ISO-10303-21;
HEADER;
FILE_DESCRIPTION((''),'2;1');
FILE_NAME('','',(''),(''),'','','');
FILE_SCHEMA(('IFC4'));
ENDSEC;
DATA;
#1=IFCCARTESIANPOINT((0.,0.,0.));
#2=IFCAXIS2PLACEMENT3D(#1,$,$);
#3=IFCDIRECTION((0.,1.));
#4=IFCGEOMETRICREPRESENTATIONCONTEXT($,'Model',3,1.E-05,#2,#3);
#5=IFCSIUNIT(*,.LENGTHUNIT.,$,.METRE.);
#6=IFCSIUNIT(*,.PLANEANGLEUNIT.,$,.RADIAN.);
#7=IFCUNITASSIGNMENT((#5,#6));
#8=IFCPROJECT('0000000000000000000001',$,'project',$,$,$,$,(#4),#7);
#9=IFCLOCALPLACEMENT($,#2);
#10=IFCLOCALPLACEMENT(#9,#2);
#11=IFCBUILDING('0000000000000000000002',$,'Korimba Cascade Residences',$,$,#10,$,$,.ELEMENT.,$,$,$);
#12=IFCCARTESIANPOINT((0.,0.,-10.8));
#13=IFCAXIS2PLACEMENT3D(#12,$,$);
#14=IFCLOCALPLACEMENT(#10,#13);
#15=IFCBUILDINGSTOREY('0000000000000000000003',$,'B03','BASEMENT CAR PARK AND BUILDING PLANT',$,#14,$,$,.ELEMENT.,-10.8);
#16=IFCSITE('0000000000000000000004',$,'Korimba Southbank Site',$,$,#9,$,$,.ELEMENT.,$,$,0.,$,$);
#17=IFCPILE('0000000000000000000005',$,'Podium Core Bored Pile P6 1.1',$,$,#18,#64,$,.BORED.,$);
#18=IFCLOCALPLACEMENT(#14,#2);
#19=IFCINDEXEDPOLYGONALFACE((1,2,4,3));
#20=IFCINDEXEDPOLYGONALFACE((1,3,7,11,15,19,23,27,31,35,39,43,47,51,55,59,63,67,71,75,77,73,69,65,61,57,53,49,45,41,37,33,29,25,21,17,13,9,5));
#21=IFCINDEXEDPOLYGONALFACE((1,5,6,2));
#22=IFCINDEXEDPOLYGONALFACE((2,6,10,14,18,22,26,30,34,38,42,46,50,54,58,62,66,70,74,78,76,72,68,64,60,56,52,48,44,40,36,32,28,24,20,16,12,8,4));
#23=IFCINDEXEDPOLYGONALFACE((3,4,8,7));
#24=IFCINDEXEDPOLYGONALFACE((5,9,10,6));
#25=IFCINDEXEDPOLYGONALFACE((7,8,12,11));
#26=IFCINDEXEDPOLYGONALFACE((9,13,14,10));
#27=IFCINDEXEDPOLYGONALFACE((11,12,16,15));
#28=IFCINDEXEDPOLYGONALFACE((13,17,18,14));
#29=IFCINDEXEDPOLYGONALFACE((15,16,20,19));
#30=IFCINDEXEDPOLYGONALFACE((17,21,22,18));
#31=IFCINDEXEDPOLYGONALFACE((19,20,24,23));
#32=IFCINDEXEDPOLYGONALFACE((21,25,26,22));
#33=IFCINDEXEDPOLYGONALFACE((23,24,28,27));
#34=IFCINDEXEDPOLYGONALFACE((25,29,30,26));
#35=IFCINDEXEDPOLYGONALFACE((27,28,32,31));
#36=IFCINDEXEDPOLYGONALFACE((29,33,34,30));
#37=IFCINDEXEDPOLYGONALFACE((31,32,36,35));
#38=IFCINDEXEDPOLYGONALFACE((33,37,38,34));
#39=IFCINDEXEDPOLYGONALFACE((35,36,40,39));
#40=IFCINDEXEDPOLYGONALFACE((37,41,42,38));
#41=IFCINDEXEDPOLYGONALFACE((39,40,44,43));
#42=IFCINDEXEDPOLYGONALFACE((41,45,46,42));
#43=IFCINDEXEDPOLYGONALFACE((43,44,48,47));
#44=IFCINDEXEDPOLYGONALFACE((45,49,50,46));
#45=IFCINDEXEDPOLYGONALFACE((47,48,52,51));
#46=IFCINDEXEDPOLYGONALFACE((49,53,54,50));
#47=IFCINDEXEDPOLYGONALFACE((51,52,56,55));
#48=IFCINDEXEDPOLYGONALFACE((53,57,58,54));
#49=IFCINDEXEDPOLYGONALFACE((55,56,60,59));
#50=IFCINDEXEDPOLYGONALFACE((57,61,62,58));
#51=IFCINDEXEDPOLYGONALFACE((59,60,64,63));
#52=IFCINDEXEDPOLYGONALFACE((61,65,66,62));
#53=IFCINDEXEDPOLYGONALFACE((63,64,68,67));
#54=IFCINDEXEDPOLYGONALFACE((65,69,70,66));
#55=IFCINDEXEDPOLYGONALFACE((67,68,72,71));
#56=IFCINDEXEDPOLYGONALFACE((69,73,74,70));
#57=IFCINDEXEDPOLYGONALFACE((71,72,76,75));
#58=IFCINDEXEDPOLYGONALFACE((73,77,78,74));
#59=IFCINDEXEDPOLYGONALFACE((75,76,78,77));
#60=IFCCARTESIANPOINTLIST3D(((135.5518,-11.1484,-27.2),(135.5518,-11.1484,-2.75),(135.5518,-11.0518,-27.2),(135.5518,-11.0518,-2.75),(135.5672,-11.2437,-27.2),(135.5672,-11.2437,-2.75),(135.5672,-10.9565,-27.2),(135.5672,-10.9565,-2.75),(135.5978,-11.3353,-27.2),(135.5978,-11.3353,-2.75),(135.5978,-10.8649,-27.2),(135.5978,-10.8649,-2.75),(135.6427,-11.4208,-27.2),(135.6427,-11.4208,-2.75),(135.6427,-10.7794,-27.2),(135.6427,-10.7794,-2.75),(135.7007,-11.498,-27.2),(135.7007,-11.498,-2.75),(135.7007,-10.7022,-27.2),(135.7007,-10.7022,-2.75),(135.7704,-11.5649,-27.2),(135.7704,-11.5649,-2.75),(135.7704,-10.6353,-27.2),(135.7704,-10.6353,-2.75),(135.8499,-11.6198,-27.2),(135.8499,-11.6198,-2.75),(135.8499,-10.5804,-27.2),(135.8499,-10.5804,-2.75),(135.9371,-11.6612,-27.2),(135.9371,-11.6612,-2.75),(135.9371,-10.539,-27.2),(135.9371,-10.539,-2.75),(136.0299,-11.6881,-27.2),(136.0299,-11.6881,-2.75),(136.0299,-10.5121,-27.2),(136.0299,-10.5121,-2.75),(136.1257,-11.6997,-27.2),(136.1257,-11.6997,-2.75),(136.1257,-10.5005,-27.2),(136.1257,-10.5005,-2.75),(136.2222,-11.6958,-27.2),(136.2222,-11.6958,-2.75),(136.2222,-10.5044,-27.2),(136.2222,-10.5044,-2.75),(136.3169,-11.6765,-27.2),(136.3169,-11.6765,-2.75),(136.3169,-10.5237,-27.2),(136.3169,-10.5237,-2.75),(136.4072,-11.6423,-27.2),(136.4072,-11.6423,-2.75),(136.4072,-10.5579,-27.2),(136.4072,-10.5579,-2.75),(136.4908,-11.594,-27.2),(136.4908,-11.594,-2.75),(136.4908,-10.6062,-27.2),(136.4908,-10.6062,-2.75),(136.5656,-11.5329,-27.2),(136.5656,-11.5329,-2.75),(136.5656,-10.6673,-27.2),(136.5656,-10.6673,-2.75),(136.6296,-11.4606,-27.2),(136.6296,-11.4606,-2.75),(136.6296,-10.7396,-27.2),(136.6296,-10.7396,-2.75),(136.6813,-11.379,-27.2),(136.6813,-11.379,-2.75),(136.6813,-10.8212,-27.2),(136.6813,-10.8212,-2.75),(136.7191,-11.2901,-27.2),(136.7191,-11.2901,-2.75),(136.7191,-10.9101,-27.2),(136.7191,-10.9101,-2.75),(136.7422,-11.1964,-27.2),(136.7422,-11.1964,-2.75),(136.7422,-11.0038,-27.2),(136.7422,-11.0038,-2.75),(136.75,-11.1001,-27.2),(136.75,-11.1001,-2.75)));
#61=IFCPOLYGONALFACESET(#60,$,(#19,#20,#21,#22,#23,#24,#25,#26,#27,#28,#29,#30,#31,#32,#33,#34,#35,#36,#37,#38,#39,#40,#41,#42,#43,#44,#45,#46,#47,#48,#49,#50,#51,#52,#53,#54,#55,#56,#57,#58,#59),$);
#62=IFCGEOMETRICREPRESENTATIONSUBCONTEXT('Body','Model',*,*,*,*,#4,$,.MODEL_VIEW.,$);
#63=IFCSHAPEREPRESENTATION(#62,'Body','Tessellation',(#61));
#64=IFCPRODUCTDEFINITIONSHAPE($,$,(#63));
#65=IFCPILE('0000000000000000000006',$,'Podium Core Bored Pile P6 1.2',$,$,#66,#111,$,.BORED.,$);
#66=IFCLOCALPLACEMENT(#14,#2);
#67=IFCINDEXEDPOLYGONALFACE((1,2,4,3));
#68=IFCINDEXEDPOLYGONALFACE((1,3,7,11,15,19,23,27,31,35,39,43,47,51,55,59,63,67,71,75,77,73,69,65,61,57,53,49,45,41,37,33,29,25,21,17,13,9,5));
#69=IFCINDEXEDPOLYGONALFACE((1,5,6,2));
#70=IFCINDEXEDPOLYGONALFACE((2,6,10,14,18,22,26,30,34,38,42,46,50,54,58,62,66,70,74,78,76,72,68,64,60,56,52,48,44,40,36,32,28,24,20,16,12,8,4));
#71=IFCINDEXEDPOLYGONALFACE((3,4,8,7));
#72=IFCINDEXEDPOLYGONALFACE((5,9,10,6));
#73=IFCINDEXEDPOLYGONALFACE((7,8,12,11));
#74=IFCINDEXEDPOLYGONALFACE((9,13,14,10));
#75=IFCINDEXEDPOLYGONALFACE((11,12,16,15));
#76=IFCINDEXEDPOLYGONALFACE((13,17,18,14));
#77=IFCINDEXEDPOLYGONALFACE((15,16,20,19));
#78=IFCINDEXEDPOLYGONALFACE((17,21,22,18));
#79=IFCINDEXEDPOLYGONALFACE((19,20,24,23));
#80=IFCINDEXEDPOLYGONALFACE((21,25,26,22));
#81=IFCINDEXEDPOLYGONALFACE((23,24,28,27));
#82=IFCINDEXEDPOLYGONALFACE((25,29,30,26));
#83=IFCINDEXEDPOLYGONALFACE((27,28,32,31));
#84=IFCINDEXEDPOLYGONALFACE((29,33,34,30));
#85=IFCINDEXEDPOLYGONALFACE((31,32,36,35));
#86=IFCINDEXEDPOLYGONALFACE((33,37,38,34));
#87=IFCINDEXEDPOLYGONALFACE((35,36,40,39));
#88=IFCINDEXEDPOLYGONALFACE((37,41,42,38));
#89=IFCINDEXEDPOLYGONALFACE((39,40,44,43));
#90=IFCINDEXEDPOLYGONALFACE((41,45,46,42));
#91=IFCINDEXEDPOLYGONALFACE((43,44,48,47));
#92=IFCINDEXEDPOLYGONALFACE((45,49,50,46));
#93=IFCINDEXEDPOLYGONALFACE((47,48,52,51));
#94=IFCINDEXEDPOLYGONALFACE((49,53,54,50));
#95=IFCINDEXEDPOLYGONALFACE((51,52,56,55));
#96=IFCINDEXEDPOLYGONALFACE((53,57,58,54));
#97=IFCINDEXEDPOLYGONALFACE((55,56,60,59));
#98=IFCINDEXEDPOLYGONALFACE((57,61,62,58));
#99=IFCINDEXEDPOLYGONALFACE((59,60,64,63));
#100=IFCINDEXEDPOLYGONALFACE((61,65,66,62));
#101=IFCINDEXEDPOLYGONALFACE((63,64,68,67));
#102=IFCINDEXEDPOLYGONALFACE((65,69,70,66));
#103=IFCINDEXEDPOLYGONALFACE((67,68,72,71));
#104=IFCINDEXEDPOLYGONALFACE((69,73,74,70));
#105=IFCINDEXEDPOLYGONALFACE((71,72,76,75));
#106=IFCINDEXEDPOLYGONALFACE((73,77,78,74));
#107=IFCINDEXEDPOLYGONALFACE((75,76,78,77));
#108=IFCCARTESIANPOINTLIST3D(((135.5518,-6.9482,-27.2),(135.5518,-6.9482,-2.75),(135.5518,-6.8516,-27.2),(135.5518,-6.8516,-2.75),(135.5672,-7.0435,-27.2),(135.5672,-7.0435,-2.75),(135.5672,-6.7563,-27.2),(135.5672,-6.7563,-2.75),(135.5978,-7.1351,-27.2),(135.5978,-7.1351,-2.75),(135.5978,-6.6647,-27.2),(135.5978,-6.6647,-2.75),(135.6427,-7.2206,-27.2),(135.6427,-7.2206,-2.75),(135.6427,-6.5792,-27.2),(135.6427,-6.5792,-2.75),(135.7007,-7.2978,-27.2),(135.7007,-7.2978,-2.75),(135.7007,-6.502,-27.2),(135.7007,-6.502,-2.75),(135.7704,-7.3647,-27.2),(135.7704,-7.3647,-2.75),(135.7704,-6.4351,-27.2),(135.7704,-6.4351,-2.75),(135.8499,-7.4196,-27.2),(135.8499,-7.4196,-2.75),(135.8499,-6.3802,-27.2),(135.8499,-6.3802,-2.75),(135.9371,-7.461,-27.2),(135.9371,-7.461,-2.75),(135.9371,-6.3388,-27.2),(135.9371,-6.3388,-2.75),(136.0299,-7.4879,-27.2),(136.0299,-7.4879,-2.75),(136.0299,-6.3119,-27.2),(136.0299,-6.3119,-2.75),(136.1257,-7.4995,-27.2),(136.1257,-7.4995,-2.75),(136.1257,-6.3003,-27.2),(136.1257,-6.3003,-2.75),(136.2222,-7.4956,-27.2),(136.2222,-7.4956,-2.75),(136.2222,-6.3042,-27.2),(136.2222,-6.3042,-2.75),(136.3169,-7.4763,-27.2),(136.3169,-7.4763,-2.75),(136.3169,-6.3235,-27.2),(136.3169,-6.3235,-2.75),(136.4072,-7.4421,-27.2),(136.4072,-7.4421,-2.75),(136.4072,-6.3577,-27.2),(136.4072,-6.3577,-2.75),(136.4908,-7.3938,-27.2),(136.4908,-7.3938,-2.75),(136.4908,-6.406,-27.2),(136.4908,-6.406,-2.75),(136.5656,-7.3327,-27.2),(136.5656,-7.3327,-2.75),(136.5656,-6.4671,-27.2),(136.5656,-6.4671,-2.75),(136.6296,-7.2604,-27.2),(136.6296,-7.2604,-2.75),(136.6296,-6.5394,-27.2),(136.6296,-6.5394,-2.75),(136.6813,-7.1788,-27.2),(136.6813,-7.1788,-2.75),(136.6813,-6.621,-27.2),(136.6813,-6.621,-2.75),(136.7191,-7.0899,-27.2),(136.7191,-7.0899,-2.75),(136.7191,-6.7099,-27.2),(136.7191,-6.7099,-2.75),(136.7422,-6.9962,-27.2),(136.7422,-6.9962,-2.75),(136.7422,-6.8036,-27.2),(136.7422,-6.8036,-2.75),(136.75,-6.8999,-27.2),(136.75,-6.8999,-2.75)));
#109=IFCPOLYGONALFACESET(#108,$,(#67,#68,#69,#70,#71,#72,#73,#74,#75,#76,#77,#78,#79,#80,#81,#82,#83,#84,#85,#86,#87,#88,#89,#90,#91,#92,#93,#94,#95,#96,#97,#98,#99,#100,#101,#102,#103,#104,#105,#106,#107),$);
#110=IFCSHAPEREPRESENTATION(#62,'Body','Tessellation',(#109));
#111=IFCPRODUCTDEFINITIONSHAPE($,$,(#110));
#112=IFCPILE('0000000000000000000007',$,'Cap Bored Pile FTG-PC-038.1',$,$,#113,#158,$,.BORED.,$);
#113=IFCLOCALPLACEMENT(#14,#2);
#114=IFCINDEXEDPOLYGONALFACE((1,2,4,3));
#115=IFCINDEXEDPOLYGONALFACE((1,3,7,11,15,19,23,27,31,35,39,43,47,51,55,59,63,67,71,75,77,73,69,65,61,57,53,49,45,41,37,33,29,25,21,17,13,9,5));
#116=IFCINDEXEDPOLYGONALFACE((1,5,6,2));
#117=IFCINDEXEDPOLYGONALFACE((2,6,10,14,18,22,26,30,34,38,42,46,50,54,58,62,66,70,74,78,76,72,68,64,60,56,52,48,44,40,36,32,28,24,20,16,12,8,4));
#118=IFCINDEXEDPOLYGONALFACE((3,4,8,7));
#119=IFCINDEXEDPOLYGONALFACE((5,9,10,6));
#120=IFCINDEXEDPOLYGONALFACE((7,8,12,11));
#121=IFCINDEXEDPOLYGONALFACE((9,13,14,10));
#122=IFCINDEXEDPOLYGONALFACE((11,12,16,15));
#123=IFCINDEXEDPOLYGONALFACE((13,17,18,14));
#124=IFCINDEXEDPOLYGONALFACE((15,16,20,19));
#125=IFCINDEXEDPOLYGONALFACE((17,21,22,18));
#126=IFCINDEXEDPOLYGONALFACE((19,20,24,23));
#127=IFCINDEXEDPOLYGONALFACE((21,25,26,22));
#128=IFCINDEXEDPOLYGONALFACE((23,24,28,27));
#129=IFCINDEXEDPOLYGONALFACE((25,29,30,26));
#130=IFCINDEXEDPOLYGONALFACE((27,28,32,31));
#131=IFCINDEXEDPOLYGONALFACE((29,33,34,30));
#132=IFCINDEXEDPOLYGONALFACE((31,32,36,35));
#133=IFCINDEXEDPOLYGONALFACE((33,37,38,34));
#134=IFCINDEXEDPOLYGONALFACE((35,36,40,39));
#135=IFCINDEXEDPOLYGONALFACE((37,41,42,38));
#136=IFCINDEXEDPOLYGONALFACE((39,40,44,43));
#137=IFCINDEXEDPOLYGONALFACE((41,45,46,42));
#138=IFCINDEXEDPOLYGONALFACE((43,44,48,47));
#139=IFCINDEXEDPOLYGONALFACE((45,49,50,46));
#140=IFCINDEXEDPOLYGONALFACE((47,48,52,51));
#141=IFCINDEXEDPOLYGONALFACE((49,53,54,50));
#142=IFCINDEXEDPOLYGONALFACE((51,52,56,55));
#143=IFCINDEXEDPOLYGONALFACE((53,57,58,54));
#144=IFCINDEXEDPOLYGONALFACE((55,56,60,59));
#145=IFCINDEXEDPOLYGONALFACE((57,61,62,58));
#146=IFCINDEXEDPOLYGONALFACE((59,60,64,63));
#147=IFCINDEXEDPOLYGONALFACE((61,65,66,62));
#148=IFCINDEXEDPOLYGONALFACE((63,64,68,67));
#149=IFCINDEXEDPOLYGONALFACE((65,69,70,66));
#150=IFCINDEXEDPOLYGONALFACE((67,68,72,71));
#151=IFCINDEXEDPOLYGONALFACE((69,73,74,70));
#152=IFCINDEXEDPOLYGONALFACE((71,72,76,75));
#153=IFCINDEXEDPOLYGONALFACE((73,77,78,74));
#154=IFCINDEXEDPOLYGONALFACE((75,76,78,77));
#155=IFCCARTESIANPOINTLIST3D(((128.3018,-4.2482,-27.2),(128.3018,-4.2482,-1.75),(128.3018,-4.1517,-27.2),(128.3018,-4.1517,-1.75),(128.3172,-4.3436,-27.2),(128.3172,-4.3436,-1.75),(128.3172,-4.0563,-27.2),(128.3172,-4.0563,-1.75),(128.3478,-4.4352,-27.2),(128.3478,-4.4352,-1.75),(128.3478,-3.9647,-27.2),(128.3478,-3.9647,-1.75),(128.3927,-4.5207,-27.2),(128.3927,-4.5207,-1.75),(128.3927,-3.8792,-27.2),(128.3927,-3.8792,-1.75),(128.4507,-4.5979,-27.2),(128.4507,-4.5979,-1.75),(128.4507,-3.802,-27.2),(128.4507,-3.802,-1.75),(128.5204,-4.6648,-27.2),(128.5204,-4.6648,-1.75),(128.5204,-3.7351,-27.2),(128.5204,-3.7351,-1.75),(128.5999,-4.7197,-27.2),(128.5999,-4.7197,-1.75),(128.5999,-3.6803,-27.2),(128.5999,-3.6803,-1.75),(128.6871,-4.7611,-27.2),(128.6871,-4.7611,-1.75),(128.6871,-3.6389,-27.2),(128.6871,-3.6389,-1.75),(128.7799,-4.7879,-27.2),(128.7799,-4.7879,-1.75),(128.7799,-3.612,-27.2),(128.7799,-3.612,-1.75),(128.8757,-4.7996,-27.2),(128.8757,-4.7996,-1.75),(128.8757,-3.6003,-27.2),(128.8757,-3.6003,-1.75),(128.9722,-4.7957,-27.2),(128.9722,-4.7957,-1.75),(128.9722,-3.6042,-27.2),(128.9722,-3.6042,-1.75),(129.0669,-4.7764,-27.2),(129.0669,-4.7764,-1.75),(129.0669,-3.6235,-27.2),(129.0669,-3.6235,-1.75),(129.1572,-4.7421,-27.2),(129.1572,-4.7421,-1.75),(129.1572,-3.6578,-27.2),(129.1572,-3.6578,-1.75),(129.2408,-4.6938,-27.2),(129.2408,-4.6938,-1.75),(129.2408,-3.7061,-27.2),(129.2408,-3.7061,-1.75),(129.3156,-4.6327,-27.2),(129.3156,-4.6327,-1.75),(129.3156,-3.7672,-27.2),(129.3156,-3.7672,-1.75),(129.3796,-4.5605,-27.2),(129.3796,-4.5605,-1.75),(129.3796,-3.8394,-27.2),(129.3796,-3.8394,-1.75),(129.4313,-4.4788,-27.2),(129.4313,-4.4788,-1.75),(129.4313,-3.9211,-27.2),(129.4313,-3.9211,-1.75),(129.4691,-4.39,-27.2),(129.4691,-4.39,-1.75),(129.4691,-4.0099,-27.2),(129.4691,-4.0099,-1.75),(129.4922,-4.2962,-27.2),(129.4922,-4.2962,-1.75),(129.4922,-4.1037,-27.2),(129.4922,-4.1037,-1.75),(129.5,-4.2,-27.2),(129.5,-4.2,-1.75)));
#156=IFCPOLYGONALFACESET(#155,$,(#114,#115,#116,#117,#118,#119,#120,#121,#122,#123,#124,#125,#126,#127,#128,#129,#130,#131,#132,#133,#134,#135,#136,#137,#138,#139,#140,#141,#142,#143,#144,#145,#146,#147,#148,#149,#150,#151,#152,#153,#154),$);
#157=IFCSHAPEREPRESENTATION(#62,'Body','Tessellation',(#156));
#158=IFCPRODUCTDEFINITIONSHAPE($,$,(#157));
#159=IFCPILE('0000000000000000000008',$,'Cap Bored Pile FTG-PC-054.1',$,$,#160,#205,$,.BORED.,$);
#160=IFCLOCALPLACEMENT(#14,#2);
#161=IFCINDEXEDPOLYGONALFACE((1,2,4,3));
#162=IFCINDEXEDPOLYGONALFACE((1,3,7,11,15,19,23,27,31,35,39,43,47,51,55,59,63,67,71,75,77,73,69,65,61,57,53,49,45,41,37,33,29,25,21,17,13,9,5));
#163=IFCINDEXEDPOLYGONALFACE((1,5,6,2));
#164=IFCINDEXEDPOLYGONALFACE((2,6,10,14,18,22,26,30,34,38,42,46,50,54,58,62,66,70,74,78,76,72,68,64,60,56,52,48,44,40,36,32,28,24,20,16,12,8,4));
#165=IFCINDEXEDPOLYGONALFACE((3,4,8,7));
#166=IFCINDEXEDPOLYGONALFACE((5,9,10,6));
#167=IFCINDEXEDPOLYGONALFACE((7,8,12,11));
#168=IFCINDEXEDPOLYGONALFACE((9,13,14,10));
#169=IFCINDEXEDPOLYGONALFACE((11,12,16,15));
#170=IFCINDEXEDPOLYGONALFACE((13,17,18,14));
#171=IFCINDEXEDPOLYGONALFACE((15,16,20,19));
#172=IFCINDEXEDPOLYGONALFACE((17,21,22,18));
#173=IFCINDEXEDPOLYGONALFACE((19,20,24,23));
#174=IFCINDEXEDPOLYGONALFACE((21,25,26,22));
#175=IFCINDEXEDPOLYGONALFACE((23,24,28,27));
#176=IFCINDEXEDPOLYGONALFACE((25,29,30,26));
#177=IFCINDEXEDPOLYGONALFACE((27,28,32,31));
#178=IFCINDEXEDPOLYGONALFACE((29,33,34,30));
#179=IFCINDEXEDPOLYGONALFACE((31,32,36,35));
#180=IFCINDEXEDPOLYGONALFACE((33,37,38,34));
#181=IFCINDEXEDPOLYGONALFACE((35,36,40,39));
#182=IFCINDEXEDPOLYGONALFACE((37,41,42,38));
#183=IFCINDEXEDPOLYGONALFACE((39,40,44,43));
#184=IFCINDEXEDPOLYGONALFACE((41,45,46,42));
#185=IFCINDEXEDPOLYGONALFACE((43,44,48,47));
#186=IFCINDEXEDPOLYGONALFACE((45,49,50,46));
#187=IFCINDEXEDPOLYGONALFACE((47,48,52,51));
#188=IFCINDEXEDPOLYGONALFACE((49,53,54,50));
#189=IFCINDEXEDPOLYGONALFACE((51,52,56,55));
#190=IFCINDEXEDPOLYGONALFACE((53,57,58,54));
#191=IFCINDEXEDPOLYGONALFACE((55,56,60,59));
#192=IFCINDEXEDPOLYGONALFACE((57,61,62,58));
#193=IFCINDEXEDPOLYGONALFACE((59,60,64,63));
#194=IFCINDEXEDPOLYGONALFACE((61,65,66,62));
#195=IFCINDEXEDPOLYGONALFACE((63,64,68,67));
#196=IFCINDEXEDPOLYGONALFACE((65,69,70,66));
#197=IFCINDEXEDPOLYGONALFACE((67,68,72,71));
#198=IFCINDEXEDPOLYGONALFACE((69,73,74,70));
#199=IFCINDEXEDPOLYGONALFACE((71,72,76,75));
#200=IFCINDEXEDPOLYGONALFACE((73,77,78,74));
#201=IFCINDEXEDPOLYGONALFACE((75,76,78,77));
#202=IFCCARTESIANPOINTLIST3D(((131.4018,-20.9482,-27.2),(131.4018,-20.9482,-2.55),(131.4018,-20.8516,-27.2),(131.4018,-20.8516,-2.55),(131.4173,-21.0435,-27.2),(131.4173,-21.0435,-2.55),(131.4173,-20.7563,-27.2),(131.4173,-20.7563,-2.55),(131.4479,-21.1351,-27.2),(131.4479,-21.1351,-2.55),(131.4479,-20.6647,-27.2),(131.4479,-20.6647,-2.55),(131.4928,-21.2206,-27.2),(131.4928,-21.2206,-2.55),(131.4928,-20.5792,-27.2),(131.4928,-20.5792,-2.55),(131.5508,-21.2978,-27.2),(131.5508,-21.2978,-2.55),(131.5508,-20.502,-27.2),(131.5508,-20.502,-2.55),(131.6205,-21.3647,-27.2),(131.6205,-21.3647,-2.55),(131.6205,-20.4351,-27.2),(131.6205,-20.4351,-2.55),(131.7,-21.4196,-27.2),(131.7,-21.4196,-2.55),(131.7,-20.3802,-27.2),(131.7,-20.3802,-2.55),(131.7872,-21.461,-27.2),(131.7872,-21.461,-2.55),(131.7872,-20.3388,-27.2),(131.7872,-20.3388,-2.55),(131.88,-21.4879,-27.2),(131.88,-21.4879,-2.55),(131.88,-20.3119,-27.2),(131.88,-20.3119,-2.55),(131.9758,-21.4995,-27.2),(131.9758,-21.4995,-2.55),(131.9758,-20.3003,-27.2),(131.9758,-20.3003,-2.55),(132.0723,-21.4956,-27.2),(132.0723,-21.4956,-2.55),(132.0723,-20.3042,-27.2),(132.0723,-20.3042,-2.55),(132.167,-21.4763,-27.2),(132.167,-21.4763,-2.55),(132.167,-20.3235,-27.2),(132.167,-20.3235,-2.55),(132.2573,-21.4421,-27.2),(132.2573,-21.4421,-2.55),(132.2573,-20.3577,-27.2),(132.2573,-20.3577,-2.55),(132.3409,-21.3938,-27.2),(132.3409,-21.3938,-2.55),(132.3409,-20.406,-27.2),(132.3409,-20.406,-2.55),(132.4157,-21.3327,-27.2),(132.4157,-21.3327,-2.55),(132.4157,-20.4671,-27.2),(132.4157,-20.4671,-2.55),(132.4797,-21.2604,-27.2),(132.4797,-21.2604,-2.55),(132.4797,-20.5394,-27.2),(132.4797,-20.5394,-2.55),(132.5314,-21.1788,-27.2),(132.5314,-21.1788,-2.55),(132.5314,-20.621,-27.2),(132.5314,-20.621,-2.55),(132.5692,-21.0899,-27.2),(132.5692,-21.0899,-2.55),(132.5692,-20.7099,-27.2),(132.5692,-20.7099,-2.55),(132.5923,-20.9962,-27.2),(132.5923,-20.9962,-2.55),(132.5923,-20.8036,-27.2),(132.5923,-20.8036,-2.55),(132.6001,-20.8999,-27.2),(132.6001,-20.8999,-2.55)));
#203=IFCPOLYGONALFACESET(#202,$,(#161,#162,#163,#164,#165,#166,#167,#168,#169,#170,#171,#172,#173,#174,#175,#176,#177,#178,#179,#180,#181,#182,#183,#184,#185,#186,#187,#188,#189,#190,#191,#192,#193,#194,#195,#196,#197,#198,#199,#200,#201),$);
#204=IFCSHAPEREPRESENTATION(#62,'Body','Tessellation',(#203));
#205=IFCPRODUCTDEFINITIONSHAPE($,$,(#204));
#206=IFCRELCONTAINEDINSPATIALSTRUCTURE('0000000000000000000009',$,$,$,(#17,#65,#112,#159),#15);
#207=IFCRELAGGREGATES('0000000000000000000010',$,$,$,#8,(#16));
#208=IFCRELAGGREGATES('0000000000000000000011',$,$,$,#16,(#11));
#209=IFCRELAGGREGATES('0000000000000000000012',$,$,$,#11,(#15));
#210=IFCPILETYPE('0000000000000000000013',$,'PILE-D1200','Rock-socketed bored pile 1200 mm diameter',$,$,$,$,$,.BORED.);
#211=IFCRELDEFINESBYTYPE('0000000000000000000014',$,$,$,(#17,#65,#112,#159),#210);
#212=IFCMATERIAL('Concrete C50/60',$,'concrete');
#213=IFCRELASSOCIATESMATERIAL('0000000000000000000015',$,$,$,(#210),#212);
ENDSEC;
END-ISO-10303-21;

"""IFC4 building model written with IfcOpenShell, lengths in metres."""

from ifc_helpers import new_model, si_unit, direction, frame, origin, origin_2d, place, context, subcontext, project, spatial, circle, extrude, material, material_profile, profile_set, type_object, element, save


model = new_model("IFC4")

# Units and contexts
model_context = context("Model", 3, precision=1e-05, world=origin(), true_north=direction((0.0, 1.0)))
body_context = subcontext(model_context, "Body", "Model", "MODEL_VIEW")
ifc_project = project(units=[si_unit("LENGTHUNIT", "METRE"), si_unit("PLANEANGLEUNIT", "RADIAN")], contexts=[model_context])

# Site, building, storey
site_placement = place(None, origin())
site = spatial("IfcSite", under=ifc_project, at=site_placement, Name="Korimba Southbank Site", CompositionType="ELEMENT", RefElevation=0.0)
building_placement = place(site_placement, origin())
building = spatial("IfcBuilding", under=site, at=building_placement, Name="Korimba Cascade Residences", CompositionType="ELEMENT")
storey_placement = place(building_placement, frame((0.0, 0.0, -10.8)))
storey = spatial("IfcBuildingStorey", under=building, at=storey_placement, Name="B03", Description="BASEMENT CAR PARK AND BUILDING PLANT", CompositionType="ELEMENT", Elevation=-10.8)

# Piles
ifc_material_1 = material(Name="Concrete C50/60", Category="concrete")
ifc_material_profile_1 = material_profile(ifc_material_1, circle(Radius=0.6001, at=origin_2d()), Name="Concrete C50/60")
ifc_profile_set_1 = profile_set([ifc_material_profile_1], Name="Concrete C50/60")
pile_type = type_object("IfcPileType", Name="PILE-D1200", Description="Rock-socketed bored pile 1200 mm diameter", PredefinedType="BORED", material=ifc_profile_set_1)
for number, where, z_axis, x_axis, name in (
    (1, (136.1499, -11.1001, -2.75), (0.0, 0.0, -1.0), (1.0, 0.0, 0.0), "Podium Core Bored Pile P6 1.1"),
    (2, (136.1499, -6.8999, -2.75), (0.0, 0.0, -1.0), (1.0, 0.0, 0.0), "Podium Core Bored Pile P6 1.2"),
):
    element("IfcPile", number, at=place(storey_placement, frame(where, z_axis=z_axis, x_axis=x_axis)), inside=storey, type_object=pile_type, Name=name, PredefinedType="BORED", context=body_context, shape_type="SweptSolid", body=[
        extrude(circle(Radius=0.6001, at=origin_2d()), origin(), (0.0, 0.0, 1.0), 24.45),
    ])
pile_placement = place(storey_placement, frame((128.8999, -4.2, -1.75), z_axis=(0.0, 0.0, -1.0), x_axis=(1.0, 0.0, 0.0)))
element("IfcPile", 3, at=pile_placement, inside=storey, type_object=pile_type, Name="Cap Bored Pile FTG-PC-038.1", PredefinedType="BORED", context=body_context, shape_type="SweptSolid", body=[
    extrude(circle(Radius=0.6001, at=origin_2d()), origin(), (0.0, 0.0, 1.0), 25.45),
])
for number, where, z_axis, x_axis, name in (
    (4, (132.0, -20.8999, -2.55), (0.0, 0.0, -1.0), (1.0, 0.0, 0.0), "Cap Bored Pile FTG-PC-054.1"),
):
    element("IfcPile", number, at=place(storey_placement, frame(where, z_axis=z_axis, x_axis=x_axis)), inside=storey, type_object=pile_type, Name=name, PredefinedType="BORED", context=body_context, shape_type="SweptSolid", body=[
        extrude(circle(Radius=0.6001, at=origin_2d()), origin(), (0.0, 0.0, 1.0), 24.6499),
    ])

save(model, "model.ifc")
